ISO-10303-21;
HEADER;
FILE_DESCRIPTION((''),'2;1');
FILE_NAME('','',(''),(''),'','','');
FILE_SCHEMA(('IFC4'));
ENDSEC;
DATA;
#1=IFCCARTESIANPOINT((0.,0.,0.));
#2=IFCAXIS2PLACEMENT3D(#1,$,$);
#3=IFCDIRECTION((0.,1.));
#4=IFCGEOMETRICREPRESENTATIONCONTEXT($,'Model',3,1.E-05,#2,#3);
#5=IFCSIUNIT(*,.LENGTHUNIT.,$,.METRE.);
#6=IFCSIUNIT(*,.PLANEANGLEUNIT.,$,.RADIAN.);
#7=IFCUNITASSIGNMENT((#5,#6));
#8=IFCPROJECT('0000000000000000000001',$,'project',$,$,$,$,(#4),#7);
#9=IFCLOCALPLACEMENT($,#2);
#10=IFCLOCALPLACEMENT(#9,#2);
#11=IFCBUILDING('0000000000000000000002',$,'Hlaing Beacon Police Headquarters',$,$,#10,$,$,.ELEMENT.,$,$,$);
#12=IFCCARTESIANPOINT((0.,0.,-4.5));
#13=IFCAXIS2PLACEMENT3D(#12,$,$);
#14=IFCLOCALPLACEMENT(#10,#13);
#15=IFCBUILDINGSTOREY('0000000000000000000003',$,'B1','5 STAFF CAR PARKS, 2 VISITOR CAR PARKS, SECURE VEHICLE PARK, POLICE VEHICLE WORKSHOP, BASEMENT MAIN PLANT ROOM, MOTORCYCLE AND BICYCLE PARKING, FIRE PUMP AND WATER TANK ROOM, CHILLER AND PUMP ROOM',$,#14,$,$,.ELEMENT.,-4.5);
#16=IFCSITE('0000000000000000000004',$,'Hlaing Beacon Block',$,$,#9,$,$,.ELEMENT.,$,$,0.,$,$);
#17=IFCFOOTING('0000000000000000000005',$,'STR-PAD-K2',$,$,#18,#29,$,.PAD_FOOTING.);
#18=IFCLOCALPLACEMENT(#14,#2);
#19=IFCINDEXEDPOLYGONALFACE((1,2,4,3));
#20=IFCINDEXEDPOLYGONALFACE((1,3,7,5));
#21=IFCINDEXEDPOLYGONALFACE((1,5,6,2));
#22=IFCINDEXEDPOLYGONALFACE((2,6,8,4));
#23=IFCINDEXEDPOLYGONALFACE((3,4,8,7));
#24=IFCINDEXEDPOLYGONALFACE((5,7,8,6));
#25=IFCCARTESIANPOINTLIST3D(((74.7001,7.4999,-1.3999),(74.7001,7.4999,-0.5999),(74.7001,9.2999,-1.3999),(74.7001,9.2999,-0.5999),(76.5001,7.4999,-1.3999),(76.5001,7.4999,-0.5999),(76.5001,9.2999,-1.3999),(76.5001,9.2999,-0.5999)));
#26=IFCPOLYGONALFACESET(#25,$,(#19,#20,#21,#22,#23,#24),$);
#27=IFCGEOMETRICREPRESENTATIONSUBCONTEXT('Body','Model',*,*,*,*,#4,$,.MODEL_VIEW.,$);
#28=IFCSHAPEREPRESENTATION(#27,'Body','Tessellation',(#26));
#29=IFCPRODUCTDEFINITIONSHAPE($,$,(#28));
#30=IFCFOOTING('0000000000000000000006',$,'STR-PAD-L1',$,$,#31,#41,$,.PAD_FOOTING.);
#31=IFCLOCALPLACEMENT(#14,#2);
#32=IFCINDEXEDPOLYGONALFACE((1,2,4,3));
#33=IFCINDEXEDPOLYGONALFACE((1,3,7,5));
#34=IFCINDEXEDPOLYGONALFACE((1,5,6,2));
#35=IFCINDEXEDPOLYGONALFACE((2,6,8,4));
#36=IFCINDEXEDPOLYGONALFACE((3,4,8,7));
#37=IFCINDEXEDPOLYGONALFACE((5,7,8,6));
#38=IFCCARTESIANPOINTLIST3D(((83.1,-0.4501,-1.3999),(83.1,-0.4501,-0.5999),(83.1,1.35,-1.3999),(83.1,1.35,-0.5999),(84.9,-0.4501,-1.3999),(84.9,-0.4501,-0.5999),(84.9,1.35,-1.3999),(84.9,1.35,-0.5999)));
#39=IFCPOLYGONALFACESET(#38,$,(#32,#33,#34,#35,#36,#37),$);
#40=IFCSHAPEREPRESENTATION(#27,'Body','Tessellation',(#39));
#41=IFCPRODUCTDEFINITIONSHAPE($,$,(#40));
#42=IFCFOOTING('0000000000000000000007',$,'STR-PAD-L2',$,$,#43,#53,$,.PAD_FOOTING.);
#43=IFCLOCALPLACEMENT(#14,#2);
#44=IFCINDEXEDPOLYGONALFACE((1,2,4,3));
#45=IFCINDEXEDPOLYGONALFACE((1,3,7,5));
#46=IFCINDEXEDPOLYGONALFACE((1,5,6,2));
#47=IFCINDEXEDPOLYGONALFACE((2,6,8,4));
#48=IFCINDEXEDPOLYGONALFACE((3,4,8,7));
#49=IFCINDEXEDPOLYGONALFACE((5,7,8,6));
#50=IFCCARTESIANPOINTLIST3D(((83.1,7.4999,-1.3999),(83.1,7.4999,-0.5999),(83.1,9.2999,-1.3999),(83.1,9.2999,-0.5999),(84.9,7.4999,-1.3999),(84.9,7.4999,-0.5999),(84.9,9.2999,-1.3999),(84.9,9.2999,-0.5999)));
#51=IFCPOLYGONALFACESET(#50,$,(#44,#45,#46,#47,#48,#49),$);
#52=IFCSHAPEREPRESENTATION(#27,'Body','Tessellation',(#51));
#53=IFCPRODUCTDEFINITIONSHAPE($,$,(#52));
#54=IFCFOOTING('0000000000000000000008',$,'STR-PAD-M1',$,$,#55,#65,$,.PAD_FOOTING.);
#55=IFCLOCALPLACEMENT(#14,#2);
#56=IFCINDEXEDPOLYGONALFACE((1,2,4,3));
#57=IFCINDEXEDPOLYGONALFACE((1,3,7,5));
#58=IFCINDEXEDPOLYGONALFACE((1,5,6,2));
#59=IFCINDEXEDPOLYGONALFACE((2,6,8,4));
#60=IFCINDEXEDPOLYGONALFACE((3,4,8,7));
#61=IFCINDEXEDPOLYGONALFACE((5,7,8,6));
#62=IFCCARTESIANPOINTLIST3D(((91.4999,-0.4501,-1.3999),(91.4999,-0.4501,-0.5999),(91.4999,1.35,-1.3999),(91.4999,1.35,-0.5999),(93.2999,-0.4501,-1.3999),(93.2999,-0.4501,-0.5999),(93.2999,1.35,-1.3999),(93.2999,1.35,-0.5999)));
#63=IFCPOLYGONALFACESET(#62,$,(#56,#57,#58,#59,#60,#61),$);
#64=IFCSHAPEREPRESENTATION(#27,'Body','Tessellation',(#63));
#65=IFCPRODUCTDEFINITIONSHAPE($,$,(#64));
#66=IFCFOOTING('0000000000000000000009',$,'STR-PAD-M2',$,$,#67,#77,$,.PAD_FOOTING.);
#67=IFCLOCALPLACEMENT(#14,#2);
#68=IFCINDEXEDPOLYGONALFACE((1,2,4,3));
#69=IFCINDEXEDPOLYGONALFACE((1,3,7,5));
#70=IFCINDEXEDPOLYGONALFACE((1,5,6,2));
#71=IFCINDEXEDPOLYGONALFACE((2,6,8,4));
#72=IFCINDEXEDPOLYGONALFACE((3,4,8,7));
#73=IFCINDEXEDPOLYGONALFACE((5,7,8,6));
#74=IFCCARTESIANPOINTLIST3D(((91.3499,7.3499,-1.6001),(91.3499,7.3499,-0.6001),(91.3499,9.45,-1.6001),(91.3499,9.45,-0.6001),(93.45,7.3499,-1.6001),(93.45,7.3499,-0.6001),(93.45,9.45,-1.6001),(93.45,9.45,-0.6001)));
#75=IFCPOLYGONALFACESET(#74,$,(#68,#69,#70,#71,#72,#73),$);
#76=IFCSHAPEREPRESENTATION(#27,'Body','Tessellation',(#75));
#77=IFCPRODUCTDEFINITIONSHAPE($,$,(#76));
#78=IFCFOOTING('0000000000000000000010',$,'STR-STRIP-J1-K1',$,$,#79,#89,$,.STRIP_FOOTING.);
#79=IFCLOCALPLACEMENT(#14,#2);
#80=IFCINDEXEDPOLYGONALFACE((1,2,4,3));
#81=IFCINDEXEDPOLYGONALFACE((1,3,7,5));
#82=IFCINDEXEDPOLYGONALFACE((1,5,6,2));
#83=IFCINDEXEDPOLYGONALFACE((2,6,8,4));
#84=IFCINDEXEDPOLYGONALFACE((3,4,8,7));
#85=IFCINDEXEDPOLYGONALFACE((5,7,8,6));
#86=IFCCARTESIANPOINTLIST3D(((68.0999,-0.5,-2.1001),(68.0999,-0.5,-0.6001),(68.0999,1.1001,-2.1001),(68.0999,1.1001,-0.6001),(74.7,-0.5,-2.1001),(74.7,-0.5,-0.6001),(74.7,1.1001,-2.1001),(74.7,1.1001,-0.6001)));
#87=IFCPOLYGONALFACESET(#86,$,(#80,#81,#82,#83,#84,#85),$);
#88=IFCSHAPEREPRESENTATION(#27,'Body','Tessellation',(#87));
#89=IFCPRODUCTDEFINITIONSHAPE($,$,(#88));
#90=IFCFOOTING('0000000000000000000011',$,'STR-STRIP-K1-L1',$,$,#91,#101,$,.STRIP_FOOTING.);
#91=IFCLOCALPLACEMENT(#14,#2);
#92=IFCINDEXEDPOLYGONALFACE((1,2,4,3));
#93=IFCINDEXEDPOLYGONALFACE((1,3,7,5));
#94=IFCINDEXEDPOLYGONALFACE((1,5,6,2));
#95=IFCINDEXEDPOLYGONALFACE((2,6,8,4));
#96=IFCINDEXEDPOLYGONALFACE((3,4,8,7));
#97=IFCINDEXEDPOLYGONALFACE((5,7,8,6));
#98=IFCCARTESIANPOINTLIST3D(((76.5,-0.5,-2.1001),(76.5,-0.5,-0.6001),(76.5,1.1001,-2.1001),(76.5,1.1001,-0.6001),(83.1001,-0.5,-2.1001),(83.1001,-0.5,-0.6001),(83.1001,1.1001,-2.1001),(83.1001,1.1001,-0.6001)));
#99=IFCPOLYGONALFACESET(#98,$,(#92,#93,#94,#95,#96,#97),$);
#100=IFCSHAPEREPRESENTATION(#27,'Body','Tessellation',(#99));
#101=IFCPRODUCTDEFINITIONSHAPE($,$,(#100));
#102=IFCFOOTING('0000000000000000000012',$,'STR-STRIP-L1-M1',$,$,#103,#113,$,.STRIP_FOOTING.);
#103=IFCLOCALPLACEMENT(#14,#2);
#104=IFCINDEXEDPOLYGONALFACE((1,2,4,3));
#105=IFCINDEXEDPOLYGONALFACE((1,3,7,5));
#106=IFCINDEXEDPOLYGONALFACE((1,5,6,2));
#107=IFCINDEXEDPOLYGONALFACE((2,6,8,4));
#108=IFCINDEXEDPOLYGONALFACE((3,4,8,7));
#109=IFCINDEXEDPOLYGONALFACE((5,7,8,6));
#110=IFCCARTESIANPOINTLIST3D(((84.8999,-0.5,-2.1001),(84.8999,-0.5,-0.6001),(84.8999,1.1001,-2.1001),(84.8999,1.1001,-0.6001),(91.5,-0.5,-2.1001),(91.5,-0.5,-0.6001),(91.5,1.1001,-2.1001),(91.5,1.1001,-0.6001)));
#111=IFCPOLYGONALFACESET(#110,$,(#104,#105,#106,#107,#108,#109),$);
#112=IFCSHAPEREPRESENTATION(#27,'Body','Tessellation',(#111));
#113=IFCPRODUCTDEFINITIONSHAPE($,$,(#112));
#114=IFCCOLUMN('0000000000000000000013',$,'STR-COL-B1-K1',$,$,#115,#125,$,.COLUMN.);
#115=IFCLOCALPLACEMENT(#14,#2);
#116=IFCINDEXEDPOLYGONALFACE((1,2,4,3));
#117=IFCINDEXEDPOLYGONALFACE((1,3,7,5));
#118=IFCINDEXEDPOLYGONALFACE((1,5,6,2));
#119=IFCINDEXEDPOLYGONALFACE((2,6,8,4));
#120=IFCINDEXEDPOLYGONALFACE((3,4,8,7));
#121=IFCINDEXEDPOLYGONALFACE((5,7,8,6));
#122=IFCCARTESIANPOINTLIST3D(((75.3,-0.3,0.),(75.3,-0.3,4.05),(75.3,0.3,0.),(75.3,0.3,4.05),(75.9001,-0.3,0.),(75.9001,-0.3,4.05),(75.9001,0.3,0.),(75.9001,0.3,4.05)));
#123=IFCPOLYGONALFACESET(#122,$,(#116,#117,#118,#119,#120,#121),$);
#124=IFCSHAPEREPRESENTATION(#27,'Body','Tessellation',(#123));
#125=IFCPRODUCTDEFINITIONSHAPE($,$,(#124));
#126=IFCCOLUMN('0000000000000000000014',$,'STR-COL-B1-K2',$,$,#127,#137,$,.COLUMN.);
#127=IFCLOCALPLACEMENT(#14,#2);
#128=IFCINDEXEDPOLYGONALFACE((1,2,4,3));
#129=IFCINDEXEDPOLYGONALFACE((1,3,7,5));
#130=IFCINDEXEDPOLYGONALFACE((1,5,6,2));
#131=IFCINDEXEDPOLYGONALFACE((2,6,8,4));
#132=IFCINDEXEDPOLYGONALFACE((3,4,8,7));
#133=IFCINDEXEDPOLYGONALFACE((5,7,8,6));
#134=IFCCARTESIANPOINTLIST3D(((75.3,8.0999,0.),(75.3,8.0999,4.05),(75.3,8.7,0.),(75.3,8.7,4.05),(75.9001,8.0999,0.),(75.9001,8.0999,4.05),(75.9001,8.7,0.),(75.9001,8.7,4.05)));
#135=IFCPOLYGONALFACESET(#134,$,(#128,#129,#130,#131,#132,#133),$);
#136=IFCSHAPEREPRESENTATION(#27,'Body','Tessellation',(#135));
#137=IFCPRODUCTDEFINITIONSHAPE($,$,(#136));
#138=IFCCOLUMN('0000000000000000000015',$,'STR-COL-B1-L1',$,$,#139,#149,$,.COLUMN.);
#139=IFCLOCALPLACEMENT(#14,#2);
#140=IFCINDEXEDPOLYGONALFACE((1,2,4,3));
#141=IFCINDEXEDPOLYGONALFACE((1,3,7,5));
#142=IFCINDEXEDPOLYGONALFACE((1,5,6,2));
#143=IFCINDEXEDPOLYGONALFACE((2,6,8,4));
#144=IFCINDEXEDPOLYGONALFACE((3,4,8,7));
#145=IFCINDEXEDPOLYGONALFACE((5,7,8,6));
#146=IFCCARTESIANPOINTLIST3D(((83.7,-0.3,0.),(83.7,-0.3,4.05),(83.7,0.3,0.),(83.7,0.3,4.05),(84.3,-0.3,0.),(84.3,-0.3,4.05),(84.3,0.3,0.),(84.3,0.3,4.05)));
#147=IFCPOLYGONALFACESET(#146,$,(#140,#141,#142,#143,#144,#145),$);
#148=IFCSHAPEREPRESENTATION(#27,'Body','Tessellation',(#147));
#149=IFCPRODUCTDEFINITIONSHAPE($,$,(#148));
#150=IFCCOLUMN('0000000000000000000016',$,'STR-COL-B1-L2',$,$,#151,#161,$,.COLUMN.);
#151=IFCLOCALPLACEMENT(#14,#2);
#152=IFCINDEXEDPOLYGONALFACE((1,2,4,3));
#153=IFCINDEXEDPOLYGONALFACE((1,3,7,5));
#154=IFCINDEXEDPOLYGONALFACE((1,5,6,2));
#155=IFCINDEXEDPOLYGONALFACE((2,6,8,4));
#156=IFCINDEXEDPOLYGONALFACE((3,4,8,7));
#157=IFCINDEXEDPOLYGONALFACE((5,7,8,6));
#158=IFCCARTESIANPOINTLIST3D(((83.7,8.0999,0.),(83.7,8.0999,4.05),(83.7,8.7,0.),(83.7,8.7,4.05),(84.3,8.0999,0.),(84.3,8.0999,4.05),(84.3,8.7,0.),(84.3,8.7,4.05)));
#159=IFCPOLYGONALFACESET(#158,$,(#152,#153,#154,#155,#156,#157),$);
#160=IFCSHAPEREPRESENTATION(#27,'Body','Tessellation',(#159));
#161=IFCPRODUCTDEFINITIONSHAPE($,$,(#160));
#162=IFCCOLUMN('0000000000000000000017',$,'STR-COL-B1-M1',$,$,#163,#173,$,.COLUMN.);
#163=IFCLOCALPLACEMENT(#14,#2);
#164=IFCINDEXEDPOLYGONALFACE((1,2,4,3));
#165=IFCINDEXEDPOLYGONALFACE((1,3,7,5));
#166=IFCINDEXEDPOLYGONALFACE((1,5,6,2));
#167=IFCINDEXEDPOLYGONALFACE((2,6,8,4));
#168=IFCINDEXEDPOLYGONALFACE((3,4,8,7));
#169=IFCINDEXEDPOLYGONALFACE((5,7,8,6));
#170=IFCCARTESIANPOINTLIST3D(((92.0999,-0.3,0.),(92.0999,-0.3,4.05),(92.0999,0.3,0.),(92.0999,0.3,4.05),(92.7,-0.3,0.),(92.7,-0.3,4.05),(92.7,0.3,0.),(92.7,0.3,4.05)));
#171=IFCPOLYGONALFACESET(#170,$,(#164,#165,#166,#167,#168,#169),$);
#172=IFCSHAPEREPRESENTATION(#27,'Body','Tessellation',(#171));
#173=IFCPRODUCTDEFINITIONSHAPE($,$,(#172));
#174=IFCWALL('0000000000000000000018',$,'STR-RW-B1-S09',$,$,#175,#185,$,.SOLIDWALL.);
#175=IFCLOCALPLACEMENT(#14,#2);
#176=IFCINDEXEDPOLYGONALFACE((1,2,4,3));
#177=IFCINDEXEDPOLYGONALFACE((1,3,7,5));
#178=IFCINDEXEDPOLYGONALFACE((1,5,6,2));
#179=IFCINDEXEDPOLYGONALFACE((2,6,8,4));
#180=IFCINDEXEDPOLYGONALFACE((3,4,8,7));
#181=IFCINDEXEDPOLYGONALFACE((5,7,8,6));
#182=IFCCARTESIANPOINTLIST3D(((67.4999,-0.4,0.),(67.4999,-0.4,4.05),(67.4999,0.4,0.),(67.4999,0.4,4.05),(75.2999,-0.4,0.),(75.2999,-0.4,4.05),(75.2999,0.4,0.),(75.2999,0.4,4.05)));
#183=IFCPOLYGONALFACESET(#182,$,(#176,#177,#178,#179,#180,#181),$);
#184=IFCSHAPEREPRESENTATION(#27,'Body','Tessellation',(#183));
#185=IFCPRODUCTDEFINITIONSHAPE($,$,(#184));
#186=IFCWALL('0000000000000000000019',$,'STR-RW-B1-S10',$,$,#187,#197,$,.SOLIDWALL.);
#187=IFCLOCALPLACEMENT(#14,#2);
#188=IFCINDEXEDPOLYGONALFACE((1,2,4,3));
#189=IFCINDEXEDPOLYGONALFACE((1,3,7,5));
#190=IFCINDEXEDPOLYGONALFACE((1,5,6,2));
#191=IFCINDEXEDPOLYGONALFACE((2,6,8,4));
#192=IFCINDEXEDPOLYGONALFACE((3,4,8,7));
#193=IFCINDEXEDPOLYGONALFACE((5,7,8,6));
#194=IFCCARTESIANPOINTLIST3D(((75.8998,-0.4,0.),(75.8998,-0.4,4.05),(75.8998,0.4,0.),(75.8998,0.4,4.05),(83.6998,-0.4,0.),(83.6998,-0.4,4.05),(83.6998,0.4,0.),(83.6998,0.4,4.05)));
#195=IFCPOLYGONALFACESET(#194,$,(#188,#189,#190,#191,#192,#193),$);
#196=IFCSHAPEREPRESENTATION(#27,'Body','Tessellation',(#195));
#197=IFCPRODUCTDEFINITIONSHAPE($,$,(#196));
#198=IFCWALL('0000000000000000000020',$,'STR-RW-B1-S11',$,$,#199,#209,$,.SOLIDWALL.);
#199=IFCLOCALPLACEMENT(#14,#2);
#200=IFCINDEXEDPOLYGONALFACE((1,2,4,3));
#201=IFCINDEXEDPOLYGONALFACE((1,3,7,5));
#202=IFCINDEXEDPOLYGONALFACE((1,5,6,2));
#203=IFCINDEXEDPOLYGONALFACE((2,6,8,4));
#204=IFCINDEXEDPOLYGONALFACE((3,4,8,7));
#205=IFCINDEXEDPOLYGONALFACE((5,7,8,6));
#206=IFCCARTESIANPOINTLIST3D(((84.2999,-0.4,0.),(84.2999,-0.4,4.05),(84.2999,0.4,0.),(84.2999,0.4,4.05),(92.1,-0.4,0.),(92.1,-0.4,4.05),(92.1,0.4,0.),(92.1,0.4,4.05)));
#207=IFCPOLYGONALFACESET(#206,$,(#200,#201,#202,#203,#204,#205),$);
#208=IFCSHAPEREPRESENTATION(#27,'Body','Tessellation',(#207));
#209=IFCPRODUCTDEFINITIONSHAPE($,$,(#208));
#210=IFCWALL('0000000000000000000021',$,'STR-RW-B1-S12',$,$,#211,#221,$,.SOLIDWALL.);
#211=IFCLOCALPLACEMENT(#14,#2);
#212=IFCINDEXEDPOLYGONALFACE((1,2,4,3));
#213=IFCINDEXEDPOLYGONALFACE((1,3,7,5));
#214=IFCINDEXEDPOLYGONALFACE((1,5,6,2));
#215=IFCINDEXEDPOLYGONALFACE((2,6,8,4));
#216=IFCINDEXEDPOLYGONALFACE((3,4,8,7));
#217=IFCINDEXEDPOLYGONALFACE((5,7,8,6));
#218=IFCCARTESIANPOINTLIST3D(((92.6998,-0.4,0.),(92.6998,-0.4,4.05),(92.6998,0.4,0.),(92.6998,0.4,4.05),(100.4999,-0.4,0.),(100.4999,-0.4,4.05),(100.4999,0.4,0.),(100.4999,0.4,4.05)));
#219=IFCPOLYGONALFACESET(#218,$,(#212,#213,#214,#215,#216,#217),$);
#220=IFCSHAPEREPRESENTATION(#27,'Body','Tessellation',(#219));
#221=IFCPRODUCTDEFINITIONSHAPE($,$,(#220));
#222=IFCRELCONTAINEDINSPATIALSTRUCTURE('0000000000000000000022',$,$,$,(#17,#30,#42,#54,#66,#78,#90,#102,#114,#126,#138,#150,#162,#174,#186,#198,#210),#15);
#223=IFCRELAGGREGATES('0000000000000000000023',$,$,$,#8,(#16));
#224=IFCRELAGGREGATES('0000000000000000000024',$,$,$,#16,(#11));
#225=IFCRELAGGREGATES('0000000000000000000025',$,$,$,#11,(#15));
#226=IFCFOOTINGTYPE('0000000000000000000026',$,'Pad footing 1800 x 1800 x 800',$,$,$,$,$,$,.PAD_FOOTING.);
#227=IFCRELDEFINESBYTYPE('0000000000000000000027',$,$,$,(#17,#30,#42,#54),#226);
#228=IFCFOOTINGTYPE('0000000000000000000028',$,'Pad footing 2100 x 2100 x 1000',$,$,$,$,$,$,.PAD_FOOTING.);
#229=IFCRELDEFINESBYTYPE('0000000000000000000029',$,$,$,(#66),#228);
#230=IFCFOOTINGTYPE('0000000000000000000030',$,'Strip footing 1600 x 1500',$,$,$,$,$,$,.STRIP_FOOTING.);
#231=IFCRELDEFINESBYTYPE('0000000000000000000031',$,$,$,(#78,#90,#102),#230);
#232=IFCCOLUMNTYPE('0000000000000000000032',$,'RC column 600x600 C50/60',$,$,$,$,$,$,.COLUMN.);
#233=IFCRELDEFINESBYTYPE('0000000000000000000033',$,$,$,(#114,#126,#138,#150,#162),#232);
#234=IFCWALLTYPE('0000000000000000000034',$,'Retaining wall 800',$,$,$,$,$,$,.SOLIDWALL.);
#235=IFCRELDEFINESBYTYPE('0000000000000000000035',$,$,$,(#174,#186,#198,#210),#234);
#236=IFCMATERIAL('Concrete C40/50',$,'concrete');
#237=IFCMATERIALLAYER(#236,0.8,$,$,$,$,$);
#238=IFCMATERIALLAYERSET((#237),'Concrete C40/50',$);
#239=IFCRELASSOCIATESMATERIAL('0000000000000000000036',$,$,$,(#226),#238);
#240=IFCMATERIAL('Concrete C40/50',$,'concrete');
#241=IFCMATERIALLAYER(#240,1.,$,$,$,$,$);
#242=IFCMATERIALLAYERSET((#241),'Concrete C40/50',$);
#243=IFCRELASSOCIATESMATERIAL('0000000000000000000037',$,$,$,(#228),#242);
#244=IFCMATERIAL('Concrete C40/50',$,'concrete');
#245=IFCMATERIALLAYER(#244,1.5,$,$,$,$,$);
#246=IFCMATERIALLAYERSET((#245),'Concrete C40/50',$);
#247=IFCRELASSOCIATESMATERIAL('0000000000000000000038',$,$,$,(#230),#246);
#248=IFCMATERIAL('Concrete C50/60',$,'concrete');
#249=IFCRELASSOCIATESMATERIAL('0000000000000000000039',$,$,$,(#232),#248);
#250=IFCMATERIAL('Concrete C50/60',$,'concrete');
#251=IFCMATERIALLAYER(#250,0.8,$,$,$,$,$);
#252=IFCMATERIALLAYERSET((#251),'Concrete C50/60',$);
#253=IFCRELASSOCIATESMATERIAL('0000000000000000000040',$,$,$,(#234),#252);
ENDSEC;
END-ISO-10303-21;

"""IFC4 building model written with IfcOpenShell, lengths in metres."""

from ifc_helpers import new_model, si_unit, direction, frame, frame_2d, origin, origin_2d, place, context, subcontext, project, spatial, rectangle, extrude, material, layer, layer_set, material_profile, profile_set, type_object, element, save


model = new_model("IFC4")

# Units and contexts
model_context = context("Model", 3, precision=1e-05, world=origin(), true_north=direction((0.0, 1.0)))
body_context = subcontext(model_context, "Body", "Model", "MODEL_VIEW")
ifc_project = project(units=[si_unit("LENGTHUNIT", "METRE"), si_unit("PLANEANGLEUNIT", "RADIAN")], contexts=[model_context])

# Site, building, storey
site_placement = place(None, origin())
site = spatial("IfcSite", under=ifc_project, at=site_placement, Name="Hlaing Beacon Block", CompositionType="ELEMENT", RefElevation=0.0)
building_placement = place(site_placement, origin())
building = spatial("IfcBuilding", under=site, at=building_placement, Name="Hlaing Beacon Police Headquarters", CompositionType="ELEMENT")
storey_placement = place(building_placement, frame((0.0, 0.0, -4.5)))
storey = spatial("IfcBuildingStorey", under=building, at=storey_placement, Name="B1", Description="5 STAFF CAR PARKS, 2 VISITOR CAR PARKS, SECURE VEHICLE PARK, POLICE VEHICLE WORKSHOP, BASEMENT MAIN PLANT ROOM, MOTORCYCLE AND BICYCLE PARKING, FIRE PUMP AND WATER TANK ROOM, CHILLER AND PUMP ROOM", CompositionType="ELEMENT", Elevation=-4.5)

# Footings
ifc_material_1 = material(Name="Concrete C40/50", Category="concrete")
ifc_layer_1 = layer(ifc_material_1, 0.8)
ifc_layer_set_1 = layer_set([ifc_layer_1], Name="Concrete C40/50")
footing_type_1 = type_object("IfcFootingType", Name="Pad footing 1800 x 1800 x 800", PredefinedType="PAD_FOOTING", material=ifc_layer_set_1)
for number, where, z_axis, x_axis, name in (
    (1, (75.6001, 8.3999, -1.3999), (0.0, 0.0, 1.0), (1.0, 0.0, 0.0), "STR-PAD-K2"),
    (2, (84.0, 0.45, -1.3999), (0.0, 0.0, 1.0), (1.0, 0.0, 0.0), "STR-PAD-L1"),
    (3, (84.0, 8.3999, -1.3999), (0.0, 0.0, 1.0), (1.0, 0.0, 0.0), "STR-PAD-L2"),
    (4, (92.3999, 0.45, -1.3999), (0.0, 0.0, 1.0), (1.0, 0.0, 0.0), "STR-PAD-M1"),
):
    element("IfcFooting", number, at=place(storey_placement, frame(where, z_axis=z_axis, x_axis=x_axis)), inside=storey, type_object=footing_type_1, Name=name, PredefinedType="PAD_FOOTING", context=body_context, shape_type="SweptSolid", body=[
        extrude(rectangle(XDim=1.8, YDim=1.8, at=origin_2d()), origin(), (0.0, 0.0, 1.0), 0.8),
    ])
ifc_material_2 = material(Name="Concrete C40/50", Category="concrete")
ifc_layer_2 = layer(ifc_material_2, 1.0)
ifc_layer_set_2 = layer_set([ifc_layer_2], Name="Concrete C40/50")
footing_type_2 = type_object("IfcFootingType", Name="Pad footing 2100 x 2100 x 1000", PredefinedType="PAD_FOOTING", material=ifc_layer_set_2)
footing_placement = place(storey_placement, frame((92.3999, 8.3999, -1.6001), z_axis=(0.0, 0.0, 1.0), x_axis=(1.0, 0.0, 0.0)))
element("IfcFooting", 5, at=footing_placement, inside=storey, type_object=footing_type_2, Name="STR-PAD-M2", PredefinedType="PAD_FOOTING", context=body_context, shape_type="SweptSolid", body=[
    extrude(rectangle(XDim=2.1001, YDim=2.1001, at=origin_2d()), origin(), (0.0, 0.0, 1.0), 1.0),
])
ifc_material_3 = material(Name="Concrete C40/50", Category="concrete")
ifc_layer_3 = layer(ifc_material_3, 1.5)
ifc_layer_set_3 = layer_set([ifc_layer_3], Name="Concrete C40/50")
footing_type_3 = type_object("IfcFootingType", Name="Strip footing 1600 x 1500", PredefinedType="STRIP_FOOTING", material=ifc_layer_set_3)
for number, where, z_axis, x_axis, name in (
    (6, (71.3999, 0.3, -2.1001), (0.0, 0.0, 1.0), (1.0, 0.0, 0.0), "STR-STRIP-J1-K1"),
    (7, (79.8, 0.3, -2.1001), (0.0, 0.0, 1.0), (1.0, 0.0, 0.0), "STR-STRIP-K1-L1"),
    (8, (88.2, 0.3, -2.1001), (0.0, 0.0, 1.0), (1.0, 0.0, 0.0), "STR-STRIP-L1-M1"),
):
    element("IfcFooting", number, at=place(storey_placement, frame(where, z_axis=z_axis, x_axis=x_axis)), inside=storey, type_object=footing_type_3, Name=name, PredefinedType="STRIP_FOOTING", context=body_context, shape_type="SweptSolid", body=[
        extrude(rectangle(XDim=6.6001, YDim=1.6001, at=origin_2d()), origin(), (0.0, 0.0, 1.0), 1.5),
    ])

# Columns
ifc_material_4 = material(Name="Concrete C50/60", Category="concrete")
ifc_material_profile_1 = material_profile(ifc_material_4, rectangle(XDim=0.6001, YDim=0.6001, at=origin_2d()), Name="600x600")
ifc_profile_set_1 = profile_set([ifc_material_profile_1], Name="Concrete C50/60")
column_type = type_object("IfcColumnType", Name="RC column 600x600 C50/60", PredefinedType="COLUMN", material=ifc_profile_set_1)
for number, where, z_axis, x_axis, name in (
    (9, (75.6001, 0.0, 0.0), (0.0, 0.0, 1.0), (1.0, 0.0, 0.0), "STR-COL-B1-K1"),
    (10, (75.6001, 8.3999, 0.0), (0.0, 0.0, 1.0), (1.0, 0.0, 0.0), "STR-COL-B1-K2"),
    (11, (84.0, 0.0, 0.0), (0.0, 0.0, 1.0), (1.0, 0.0, 0.0), "STR-COL-B1-L1"),
    (12, (84.0, 8.3999, 0.0), (0.0, 0.0, 1.0), (1.0, 0.0, 0.0), "STR-COL-B1-L2"),
    (13, (92.3999, 0.0, 0.0), (0.0, 0.0, 1.0), (1.0, 0.0, 0.0), "STR-COL-B1-M1"),
):
    element("IfcColumn", number, at=place(storey_placement, frame(where, z_axis=z_axis, x_axis=x_axis)), inside=storey, type_object=column_type, Name=name, PredefinedType="COLUMN", context=body_context, shape_type="SweptSolid", body=[
        extrude(rectangle(XDim=0.6001, YDim=0.6001, at=origin_2d()), origin(), (0.0, 0.0, 1.0), 4.05),
    ])

# Walls
ifc_material_5 = material(Name="Concrete C50/60", Category="concrete")
ifc_layer_4 = layer(ifc_material_5, 0.8)
ifc_layer_set_4 = layer_set([ifc_layer_4], Name="Concrete C50/60")
wall_type = type_object("IfcWallType", Name="Retaining wall 800", PredefinedType="SOLIDWALL", material=ifc_layer_set_4)
for number, where, z_axis, x_axis, name in (
    (14, (67.5, 0.0, 0.0), (0.0, 0.0, 1.0), (1.0, 0.0, 0.0), "STR-RW-B1-S09"),
    (15, (75.8999, 0.0, 0.0), (0.0, 0.0, 1.0), (1.0, 0.0, 0.0), "STR-RW-B1-S10"),
    (16, (84.3, 0.0, 0.0), (0.0, 0.0, 1.0), (1.0, 0.0, 0.0), "STR-RW-B1-S11"),
    (17, (92.7, 0.0, 0.0), (0.0, 0.0, 1.0), (1.0, 0.0, 0.0), "STR-RW-B1-S12"),
):
    element("IfcWall", number, at=place(storey_placement, frame(where, z_axis=z_axis, x_axis=x_axis)), inside=storey, type_object=wall_type, Name=name, PredefinedType="SOLIDWALL", context=body_context, shape_type="SweptSolid", body=[
        extrude(rectangle(XDim=7.8, YDim=0.8, at=frame_2d((3.8999, 0.0))), origin(), (0.0, 0.0, 1.0), 4.05),
    ])

save(model, "model.ifc")
